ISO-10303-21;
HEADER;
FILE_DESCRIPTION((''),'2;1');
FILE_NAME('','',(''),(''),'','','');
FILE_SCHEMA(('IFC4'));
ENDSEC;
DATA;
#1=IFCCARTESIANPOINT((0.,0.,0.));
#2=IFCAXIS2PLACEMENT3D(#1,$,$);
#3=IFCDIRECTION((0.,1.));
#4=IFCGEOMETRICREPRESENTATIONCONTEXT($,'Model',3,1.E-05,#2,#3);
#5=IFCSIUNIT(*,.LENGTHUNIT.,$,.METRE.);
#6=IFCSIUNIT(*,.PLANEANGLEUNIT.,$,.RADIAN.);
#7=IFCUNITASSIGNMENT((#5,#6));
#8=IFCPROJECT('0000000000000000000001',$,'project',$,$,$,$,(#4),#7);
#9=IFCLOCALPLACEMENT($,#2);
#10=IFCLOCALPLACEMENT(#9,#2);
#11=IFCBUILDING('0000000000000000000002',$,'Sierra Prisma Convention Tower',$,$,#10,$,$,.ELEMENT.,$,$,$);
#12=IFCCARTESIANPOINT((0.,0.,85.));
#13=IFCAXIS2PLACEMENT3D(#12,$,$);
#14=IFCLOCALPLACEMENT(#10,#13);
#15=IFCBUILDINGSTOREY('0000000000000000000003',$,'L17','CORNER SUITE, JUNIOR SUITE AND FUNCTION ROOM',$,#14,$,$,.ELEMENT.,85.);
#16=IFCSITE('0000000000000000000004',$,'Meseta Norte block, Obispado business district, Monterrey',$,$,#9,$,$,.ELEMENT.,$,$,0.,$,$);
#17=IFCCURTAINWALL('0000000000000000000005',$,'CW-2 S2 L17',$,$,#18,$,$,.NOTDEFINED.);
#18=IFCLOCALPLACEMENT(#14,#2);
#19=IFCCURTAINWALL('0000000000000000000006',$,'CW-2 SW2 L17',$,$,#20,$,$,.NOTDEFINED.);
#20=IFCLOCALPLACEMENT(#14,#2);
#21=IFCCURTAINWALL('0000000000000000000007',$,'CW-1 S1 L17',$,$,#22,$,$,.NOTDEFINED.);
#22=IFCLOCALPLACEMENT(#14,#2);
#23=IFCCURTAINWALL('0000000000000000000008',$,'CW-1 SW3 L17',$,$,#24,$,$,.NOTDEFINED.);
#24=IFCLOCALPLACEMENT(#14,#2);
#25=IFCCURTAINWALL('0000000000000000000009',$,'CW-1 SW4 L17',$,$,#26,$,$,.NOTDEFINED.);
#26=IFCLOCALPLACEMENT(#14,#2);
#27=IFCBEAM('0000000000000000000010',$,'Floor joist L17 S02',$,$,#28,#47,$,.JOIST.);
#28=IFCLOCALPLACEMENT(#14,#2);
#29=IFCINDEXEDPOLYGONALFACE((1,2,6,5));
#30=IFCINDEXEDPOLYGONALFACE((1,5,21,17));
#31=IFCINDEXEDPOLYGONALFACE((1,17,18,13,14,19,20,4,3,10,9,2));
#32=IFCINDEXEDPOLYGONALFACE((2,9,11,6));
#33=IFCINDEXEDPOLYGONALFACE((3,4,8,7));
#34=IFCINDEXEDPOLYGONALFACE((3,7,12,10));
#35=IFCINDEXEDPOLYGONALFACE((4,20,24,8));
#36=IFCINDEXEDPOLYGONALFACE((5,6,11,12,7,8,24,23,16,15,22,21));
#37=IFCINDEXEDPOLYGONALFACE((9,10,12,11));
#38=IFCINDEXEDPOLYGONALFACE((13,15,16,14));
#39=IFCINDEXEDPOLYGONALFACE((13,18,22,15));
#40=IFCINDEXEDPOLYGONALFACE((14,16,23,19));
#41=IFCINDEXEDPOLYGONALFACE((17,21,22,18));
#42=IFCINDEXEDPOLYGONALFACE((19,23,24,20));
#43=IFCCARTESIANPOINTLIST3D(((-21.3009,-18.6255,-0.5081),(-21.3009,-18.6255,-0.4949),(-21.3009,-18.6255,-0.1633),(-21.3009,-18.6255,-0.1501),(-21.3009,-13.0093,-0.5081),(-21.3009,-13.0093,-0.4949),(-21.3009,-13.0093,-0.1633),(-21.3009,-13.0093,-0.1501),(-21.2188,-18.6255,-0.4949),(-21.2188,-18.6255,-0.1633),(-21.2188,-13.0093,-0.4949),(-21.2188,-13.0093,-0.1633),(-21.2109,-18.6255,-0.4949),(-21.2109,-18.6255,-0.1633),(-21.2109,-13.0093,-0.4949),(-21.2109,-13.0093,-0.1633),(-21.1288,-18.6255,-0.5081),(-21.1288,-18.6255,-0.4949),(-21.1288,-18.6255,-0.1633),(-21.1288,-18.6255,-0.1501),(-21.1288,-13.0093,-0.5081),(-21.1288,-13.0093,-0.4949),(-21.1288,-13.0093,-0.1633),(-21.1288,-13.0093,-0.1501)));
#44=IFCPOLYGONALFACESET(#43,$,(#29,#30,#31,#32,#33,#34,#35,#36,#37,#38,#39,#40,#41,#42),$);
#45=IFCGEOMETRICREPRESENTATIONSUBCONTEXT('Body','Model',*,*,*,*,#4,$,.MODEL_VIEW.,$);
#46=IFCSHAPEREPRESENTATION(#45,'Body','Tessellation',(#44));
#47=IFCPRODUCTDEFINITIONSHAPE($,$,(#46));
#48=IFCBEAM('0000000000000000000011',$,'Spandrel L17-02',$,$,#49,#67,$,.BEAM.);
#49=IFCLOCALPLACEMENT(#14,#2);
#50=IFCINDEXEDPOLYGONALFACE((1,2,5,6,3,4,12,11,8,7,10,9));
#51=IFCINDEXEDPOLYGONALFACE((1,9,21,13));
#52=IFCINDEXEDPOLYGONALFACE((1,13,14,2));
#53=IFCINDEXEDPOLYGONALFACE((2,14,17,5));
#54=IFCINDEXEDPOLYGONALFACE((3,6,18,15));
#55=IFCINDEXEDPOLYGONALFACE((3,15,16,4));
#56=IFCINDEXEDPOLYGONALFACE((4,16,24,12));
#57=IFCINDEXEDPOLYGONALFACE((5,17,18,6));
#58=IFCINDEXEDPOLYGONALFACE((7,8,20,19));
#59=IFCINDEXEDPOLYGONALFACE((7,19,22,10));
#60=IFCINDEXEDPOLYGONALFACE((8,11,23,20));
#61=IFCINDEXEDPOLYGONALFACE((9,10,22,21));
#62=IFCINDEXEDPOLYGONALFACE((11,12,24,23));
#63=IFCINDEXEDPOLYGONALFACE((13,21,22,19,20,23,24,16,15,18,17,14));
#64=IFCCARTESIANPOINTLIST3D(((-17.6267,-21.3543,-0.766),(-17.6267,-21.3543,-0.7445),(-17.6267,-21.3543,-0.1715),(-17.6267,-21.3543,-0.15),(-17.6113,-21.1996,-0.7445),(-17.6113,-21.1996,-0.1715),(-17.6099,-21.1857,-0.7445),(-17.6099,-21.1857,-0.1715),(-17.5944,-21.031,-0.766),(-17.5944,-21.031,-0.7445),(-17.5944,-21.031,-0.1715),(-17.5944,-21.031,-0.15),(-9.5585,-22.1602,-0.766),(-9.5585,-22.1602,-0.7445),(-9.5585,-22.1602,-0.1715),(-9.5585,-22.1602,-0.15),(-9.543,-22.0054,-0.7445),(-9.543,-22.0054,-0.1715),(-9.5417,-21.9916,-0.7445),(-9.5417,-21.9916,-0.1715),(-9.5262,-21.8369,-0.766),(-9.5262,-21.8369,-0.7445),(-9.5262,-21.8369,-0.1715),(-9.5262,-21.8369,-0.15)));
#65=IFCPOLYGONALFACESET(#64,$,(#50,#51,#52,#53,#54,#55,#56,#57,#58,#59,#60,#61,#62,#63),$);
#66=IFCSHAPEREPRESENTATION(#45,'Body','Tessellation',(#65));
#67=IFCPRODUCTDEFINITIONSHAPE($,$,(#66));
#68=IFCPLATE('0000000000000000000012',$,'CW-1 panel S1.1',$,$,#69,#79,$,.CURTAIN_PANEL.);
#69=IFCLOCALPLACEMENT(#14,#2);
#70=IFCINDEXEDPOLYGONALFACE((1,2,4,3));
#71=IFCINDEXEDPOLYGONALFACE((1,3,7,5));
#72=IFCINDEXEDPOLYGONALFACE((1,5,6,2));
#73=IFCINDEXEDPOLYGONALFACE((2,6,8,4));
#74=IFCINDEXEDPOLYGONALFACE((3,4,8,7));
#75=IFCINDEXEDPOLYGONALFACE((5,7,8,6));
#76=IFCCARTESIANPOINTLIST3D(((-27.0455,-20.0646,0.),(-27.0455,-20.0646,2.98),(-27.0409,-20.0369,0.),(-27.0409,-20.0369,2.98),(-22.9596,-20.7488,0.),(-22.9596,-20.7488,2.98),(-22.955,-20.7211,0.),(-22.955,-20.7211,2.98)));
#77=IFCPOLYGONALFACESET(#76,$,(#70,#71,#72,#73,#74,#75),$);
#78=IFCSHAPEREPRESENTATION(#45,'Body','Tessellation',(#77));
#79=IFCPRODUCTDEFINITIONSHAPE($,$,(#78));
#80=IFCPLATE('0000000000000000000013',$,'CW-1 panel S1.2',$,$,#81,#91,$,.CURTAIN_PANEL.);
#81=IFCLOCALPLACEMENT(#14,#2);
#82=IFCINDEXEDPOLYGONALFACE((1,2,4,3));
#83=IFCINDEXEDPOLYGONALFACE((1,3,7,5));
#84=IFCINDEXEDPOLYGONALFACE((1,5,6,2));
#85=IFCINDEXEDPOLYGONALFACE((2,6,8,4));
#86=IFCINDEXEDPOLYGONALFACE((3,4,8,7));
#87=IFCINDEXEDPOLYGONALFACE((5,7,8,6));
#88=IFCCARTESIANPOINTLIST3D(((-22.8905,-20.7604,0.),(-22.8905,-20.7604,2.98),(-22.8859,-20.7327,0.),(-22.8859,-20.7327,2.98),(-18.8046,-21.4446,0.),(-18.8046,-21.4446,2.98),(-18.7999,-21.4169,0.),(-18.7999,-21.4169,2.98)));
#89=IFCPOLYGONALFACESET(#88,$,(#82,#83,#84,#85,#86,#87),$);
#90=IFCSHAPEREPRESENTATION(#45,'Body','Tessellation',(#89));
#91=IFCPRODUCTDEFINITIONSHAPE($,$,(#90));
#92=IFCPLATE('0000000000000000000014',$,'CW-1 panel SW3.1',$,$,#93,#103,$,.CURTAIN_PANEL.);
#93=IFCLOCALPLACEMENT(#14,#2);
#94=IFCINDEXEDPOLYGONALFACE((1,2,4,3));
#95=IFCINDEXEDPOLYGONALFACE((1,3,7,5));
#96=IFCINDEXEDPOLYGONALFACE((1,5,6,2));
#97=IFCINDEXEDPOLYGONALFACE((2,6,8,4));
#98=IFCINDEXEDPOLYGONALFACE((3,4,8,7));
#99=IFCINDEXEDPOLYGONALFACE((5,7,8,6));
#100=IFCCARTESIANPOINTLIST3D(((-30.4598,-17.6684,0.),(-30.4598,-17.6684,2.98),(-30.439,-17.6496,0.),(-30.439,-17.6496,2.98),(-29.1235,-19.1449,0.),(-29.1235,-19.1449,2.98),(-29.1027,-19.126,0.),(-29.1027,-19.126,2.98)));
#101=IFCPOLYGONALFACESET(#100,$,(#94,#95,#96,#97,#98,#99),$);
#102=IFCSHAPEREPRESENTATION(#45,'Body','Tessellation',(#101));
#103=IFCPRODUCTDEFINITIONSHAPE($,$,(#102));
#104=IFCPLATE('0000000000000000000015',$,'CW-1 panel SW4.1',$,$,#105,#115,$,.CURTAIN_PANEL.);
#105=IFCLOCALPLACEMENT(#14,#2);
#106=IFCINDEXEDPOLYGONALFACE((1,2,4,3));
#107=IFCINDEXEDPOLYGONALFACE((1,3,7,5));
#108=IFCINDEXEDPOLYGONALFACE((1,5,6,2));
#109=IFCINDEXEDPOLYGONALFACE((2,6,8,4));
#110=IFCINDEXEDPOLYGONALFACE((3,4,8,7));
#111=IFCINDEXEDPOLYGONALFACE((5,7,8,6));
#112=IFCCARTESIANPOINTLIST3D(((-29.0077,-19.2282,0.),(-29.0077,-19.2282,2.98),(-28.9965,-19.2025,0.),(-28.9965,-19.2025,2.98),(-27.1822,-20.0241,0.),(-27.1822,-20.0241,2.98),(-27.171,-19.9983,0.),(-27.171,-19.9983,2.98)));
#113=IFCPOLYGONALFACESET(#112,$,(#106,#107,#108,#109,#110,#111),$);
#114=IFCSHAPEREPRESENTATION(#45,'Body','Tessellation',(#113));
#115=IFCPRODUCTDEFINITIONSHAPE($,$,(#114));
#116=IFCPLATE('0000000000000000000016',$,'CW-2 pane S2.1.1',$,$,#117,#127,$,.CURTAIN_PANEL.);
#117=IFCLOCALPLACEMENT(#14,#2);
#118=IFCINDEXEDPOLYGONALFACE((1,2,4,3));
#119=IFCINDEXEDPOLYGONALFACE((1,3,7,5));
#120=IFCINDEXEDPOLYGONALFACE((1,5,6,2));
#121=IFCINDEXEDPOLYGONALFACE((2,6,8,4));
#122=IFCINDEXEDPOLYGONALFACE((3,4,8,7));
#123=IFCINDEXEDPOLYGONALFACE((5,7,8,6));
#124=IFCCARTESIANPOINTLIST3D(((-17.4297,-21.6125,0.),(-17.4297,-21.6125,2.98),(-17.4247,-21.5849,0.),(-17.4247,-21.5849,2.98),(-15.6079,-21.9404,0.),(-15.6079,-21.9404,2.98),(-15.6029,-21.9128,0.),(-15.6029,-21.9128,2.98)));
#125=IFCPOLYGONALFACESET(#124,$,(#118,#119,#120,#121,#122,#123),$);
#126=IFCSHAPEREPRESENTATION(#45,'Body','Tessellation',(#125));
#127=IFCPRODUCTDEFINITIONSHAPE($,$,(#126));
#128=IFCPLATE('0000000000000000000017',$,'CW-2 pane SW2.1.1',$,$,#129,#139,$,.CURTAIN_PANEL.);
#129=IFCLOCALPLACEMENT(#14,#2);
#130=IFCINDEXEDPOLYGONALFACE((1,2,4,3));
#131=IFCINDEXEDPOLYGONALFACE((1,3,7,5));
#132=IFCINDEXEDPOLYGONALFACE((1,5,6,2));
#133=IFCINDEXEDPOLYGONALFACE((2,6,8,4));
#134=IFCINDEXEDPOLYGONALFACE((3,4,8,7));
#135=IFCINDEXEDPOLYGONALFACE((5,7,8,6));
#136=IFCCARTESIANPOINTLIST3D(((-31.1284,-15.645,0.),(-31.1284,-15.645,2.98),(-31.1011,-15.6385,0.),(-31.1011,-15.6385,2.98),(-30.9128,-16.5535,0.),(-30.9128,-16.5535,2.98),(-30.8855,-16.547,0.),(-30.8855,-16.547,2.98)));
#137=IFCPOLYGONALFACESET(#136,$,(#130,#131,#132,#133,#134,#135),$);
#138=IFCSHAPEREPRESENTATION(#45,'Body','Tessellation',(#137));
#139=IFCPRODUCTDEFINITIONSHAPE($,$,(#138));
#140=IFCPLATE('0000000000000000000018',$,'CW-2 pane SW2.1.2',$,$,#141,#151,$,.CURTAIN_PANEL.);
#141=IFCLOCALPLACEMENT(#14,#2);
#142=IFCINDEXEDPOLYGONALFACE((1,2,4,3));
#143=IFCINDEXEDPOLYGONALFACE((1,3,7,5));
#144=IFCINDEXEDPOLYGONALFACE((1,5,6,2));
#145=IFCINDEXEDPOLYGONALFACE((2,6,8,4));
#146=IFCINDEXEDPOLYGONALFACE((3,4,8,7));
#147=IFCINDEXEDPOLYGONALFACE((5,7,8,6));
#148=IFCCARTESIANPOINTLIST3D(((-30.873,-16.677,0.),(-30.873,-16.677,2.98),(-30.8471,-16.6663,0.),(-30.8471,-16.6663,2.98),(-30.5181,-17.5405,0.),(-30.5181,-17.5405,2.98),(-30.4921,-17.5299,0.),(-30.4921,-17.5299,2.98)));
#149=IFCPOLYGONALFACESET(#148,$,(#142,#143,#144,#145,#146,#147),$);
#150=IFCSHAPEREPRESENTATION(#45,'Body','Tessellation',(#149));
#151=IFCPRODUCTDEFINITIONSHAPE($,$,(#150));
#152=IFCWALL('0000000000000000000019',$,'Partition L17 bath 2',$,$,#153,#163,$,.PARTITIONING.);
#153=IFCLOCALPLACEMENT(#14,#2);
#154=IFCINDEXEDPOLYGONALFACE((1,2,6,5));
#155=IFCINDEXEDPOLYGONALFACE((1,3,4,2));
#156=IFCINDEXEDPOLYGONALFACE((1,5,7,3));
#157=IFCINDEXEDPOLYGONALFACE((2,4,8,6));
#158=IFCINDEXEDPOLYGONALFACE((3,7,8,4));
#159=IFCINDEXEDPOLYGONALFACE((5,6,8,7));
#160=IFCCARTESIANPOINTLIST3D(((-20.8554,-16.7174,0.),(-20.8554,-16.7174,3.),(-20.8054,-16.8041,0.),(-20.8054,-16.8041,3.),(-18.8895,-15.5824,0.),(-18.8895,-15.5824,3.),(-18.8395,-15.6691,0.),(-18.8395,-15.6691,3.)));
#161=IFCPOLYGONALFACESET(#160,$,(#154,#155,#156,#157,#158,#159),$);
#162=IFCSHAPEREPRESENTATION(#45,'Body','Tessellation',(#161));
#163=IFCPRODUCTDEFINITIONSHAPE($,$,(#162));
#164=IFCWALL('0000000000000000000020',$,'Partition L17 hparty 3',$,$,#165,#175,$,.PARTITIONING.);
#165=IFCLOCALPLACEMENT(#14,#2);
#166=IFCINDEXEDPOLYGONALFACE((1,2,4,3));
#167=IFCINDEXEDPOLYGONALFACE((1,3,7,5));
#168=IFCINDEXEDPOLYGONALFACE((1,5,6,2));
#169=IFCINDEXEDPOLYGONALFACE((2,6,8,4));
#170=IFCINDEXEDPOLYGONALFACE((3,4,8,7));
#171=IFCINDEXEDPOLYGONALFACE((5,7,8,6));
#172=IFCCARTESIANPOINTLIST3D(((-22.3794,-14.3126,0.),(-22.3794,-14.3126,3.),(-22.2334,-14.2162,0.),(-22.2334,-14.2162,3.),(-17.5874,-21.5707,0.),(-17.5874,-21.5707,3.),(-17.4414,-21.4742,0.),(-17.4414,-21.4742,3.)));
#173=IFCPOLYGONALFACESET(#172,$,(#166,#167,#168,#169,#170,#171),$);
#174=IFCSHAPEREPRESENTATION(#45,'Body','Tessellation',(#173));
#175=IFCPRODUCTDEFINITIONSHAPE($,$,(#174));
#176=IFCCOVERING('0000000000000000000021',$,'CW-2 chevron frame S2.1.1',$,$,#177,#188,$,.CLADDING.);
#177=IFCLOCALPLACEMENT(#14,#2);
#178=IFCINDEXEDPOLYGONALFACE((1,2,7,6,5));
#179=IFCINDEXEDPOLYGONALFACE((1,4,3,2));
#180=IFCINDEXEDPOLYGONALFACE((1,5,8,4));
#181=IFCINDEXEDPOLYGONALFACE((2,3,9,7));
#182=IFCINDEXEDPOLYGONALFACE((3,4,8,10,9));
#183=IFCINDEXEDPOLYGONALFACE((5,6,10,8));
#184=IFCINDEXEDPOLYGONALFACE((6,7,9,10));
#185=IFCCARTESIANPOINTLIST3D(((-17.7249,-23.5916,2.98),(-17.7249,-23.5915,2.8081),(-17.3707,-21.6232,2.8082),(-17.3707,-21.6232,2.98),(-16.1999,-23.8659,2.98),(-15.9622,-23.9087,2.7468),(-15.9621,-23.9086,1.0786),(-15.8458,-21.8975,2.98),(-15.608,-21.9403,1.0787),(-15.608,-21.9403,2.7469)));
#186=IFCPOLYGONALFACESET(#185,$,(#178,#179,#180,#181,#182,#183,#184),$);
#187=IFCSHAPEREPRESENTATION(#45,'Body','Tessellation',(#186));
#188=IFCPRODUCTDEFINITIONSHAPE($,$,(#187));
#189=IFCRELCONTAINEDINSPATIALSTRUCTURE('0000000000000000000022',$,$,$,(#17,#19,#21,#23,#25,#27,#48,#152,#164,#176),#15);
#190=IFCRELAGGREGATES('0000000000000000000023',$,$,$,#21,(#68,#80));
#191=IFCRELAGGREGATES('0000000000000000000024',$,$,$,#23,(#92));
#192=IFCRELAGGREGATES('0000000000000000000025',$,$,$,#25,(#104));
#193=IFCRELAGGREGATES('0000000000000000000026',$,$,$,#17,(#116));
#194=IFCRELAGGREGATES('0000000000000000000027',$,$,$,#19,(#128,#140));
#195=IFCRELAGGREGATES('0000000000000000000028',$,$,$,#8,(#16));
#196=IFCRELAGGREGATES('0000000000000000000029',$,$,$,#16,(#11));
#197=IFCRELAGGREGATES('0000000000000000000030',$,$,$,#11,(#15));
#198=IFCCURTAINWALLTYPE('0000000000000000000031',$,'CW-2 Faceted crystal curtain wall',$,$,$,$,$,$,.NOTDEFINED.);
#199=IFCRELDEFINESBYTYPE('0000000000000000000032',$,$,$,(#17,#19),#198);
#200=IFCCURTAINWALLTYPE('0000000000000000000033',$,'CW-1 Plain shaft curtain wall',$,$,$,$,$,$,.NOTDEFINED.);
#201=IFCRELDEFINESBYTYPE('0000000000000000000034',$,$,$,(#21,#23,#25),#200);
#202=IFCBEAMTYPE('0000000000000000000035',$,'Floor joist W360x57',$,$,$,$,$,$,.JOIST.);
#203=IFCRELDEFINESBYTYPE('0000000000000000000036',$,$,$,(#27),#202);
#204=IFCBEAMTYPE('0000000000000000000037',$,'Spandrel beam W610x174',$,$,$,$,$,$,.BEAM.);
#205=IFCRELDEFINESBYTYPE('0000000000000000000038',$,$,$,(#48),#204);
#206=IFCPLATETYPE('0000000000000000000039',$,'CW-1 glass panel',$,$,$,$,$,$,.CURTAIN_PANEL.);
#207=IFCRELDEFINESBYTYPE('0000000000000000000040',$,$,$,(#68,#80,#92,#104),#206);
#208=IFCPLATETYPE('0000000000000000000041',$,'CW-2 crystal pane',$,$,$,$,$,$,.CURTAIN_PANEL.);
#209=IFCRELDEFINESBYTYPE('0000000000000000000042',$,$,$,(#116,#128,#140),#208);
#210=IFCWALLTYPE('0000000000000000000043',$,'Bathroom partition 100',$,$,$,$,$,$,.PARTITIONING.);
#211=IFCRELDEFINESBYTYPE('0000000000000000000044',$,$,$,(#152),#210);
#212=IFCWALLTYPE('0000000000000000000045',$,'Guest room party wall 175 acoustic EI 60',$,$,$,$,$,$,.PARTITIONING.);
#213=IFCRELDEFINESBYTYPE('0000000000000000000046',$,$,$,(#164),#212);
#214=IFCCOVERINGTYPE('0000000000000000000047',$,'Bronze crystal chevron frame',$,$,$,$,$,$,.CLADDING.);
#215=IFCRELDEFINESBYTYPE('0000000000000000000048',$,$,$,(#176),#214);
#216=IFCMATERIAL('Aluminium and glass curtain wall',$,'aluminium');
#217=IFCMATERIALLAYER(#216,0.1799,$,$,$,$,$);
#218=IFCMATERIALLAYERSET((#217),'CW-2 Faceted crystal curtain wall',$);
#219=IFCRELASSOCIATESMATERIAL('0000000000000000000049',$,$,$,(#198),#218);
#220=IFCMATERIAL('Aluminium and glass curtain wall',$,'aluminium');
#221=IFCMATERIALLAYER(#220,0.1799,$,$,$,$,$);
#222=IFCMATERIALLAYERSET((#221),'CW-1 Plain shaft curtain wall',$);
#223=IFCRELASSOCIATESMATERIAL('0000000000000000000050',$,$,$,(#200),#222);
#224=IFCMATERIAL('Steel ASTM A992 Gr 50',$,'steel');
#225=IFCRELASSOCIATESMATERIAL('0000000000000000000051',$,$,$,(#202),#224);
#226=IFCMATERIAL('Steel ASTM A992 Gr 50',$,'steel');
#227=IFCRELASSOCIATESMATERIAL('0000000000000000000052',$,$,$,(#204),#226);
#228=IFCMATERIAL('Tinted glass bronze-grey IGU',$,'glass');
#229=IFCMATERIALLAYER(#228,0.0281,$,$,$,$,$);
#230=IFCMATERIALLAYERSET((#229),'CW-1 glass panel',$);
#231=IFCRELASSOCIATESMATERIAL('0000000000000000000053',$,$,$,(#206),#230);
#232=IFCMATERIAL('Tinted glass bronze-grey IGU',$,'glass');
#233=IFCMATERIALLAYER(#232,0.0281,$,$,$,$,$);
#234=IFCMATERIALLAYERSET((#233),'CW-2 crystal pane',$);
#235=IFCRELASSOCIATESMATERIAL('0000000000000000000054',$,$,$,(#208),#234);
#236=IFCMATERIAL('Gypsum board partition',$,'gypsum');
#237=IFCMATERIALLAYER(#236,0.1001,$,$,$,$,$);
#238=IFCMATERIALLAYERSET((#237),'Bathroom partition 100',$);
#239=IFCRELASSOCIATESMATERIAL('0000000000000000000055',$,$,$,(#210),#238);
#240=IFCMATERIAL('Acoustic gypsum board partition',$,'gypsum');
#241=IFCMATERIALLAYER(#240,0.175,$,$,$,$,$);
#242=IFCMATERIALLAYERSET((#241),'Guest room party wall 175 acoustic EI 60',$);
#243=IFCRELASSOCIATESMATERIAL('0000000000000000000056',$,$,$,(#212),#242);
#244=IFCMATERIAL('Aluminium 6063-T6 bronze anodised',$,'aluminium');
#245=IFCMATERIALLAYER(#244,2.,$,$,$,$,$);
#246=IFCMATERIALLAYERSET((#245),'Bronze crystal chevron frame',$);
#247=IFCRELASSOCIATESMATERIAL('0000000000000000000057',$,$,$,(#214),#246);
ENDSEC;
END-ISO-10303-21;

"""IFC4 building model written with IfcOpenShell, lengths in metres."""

from ifc_helpers import new_model, si_unit, direction, frame, frame_2d, origin, origin_2d, place, context, subcontext, project, spatial, polyline, rectangle, i_section, outline, extrude, material, layer, layer_set, material_profile, profile_set, type_object, element, aggregate, save


model = new_model("IFC4")

# Units and contexts
model_context = context("Model", 3, precision=1e-05, world=origin(), true_north=direction((0.0, 1.0)))
body_context = subcontext(model_context, "Body", "Model", "MODEL_VIEW")
ifc_project = project(units=[si_unit("LENGTHUNIT", "METRE"), si_unit("PLANEANGLEUNIT", "RADIAN")], contexts=[model_context])

# Site, building, storey
site_placement = place(None, origin())
site = spatial("IfcSite", under=ifc_project, at=site_placement, Name="Meseta Norte block, Obispado business district, Monterrey", CompositionType="ELEMENT", RefElevation=0.0)
building_placement = place(site_placement, origin())
building = spatial("IfcBuilding", under=site, at=building_placement, Name="Sierra Prisma Convention Tower", CompositionType="ELEMENT")
storey_placement = place(building_placement, frame((0.0, 0.0, 85.0)))
storey = spatial("IfcBuildingStorey", under=building, at=storey_placement, Name="L17", Description="CORNER SUITE, JUNIOR SUITE AND FUNCTION ROOM", CompositionType="ELEMENT", Elevation=85.0)

# Curtain walls
ifc_material_1 = material(Name="Aluminium and glass curtain wall", Category="aluminium")
ifc_layer_1 = layer(ifc_material_1, 0.1799)
ifc_layer_set_1 = layer_set([ifc_layer_1], Name="CW-2 Faceted crystal curtain wall")
curtain_wall_type_1 = type_object("IfcCurtainWallType", Name="CW-2 Faceted crystal curtain wall", PredefinedType="NOTDEFINED", material=ifc_layer_set_1)
curtain_wall_1_placement = place(storey_placement, origin())
curtain_wall_1 = element("IfcCurtainWall", 1, at=curtain_wall_1_placement, inside=storey, type_object=curtain_wall_type_1, Name="CW-2 S2 L17", PredefinedType="NOTDEFINED")
curtain_wall_2_placement = place(storey_placement, origin())
curtain_wall_2 = element("IfcCurtainWall", 2, at=curtain_wall_2_placement, inside=storey, type_object=curtain_wall_type_1, Name="CW-2 SW2 L17", PredefinedType="NOTDEFINED")

# Curtain wall
ifc_material_2 = material(Name="Aluminium and glass curtain wall", Category="aluminium")
ifc_layer_2 = layer(ifc_material_2, 0.1799)
ifc_layer_set_2 = layer_set([ifc_layer_2], Name="CW-1 Plain shaft curtain wall")
curtain_wall_type_2 = type_object("IfcCurtainWallType", Name="CW-1 Plain shaft curtain wall", PredefinedType="NOTDEFINED", material=ifc_layer_set_2)
curtain_wall_3_placement = place(storey_placement, origin())
curtain_wall_3 = element("IfcCurtainWall", 3, at=curtain_wall_3_placement, inside=storey, type_object=curtain_wall_type_2, Name="CW-1 S1 L17", PredefinedType="NOTDEFINED")

# Curtain walls
curtain_wall_4_placement = place(storey_placement, origin())
curtain_wall_4 = element("IfcCurtainWall", 4, at=curtain_wall_4_placement, inside=storey, type_object=curtain_wall_type_2, Name="CW-1 SW3 L17", PredefinedType="NOTDEFINED")
curtain_wall_5_placement = place(storey_placement, origin())
curtain_wall_5 = element("IfcCurtainWall", 5, at=curtain_wall_5_placement, inside=storey, type_object=curtain_wall_type_2, Name="CW-1 SW4 L17", PredefinedType="NOTDEFINED")

# Beams
ifc_material_3 = material(Name="Steel ASTM A992 Gr 50", Category="steel")
ifc_material_profile_1 = material_profile(ifc_material_3, i_section(OverallWidth=0.1721, OverallDepth=0.3579, WebThickness=0.0078, FlangeThickness=0.0132, at=origin_2d()), Name="W360x57")
ifc_profile_set_1 = profile_set([ifc_material_profile_1], Name="Steel ASTM A992 Gr 50")
beam_type_1 = type_object("IfcBeamType", Name="Floor joist W360x57", PredefinedType="JOIST", material=ifc_profile_set_1)
beam_1_placement = place(storey_placement, frame((-21.2148, -18.6255, -0.3291), z_axis=(0.0, 1.0, 0.0), x_axis=(-1.0, 0.0, 0.0)))
element("IfcBeam", 6, at=beam_1_placement, inside=storey, type_object=beam_type_1, Name="Floor joist L17 S02", PredefinedType="JOIST", context=body_context, shape_type="SweptSolid", body=[
    extrude(i_section(OverallWidth=0.1721, OverallDepth=0.3579, WebThickness=0.0078, FlangeThickness=0.0132, at=origin_2d()), origin(), (0.0, 0.0, 1.0), 5.6162),
])
ifc_material_4 = material(Name="Steel ASTM A992 Gr 50", Category="steel")
ifc_material_profile_2 = material_profile(ifc_material_4, i_section(OverallWidth=0.325, OverallDepth=0.616, WebThickness=0.0139, FlangeThickness=0.0215, at=origin_2d()), Name="W610x174")
ifc_profile_set_2 = profile_set([ifc_material_profile_2], Name="Steel ASTM A992 Gr 50")
beam_type_2 = type_object("IfcBeamType", Name="Spandrel beam W610x174", PredefinedType="BEAM", material=ifc_profile_set_2)
beam_2_placement = place(storey_placement, frame((-17.6106, -21.1926, -0.458), z_axis=(0.995049, -0.09939, 0.0), x_axis=(0.09939, 0.995049, 0.0)))
element("IfcBeam", 7, at=beam_2_placement, inside=storey, type_object=beam_type_2, Name="Spandrel L17-02", PredefinedType="BEAM", context=body_context, shape_type="SweptSolid", body=[
    extrude(i_section(OverallWidth=0.325, OverallDepth=0.616, WebThickness=0.0139, FlangeThickness=0.0215, at=origin_2d()), origin(), (0.0, 0.0, 1.0), 8.1084),
])

# Plates
ifc_material_5 = material(Name="Tinted glass bronze-grey IGU", Category="glass")
ifc_layer_3 = layer(ifc_material_5, 0.0281)
ifc_layer_set_3 = layer_set([ifc_layer_3], Name="CW-1 glass panel")
plate_type_1 = type_object("IfcPlateType", Name="CW-1 glass panel", PredefinedType="CURTAIN_PANEL", material=ifc_layer_set_3)
plate_1_placement = place(storey_placement, frame((-25.0002, -20.3928, 0.0), z_axis=(0.0, 0.0, 1.0), x_axis=(0.986269, -0.165149, 0.0)))
plate_1 = element("IfcPlate", 8, at=plate_1_placement, type_object=plate_type_1, Name="CW-1 panel S1.1", PredefinedType="CURTAIN_PANEL", context=body_context, shape_type="SweptSolid", body=[
    extrude(rectangle(XDim=4.1428, YDim=0.0281, at=origin_2d()), origin(), (0.0, 0.0, 1.0), 2.98),
])
plate_2_placement = place(storey_placement, frame((-20.8452, -21.0886, 0.0), z_axis=(0.0, 0.0, 1.0), x_axis=(0.986269, -0.165149, 0.0)))
plate_2 = element("IfcPlate", 9, at=plate_2_placement, type_object=plate_type_1, Name="CW-1 panel S1.2", PredefinedType="CURTAIN_PANEL", context=body_context, shape_type="SweptSolid", body=[
    extrude(rectangle(XDim=4.1428, YDim=0.0281, at=origin_2d()), origin(), (0.0, 0.0, 1.0), 2.98),
])
aggregate(curtain_wall_3, [plate_1, plate_2])
plate_3_placement = place(storey_placement, frame((-29.7812, -18.3972, 0.0), z_axis=(0.0, 0.0, 1.0), x_axis=(0.671051, -0.741411, 0.0)))
plate_3 = element("IfcPlate", 10, at=plate_3_placement, type_object=plate_type_1, Name="CW-1 panel SW3.1", PredefinedType="CURTAIN_PANEL", context=body_context, shape_type="SweptSolid", body=[
    extrude(rectangle(XDim=1.9915, YDim=0.0281, at=origin_2d()), origin(), (0.0, 0.0, 1.0), 2.98),
])
aggregate(curtain_wall_4, [plate_3])
plate_4_placement = place(storey_placement, frame((-28.0894, -19.6133, 0.0), z_axis=(0.0, 0.0, 1.0), x_axis=(0.916675, -0.399634, 0.0)))
plate_4 = element("IfcPlate", 11, at=plate_4_placement, type_object=plate_type_1, Name="CW-1 panel SW4.1", PredefinedType="CURTAIN_PANEL", context=body_context, shape_type="SweptSolid", body=[
    extrude(rectangle(XDim=1.9915, YDim=0.0281, at=origin_2d()), origin(), (0.0, 0.0, 1.0), 2.98),
])
aggregate(curtain_wall_5, [plate_4])
ifc_material_6 = material(Name="Tinted glass bronze-grey IGU", Category="glass")
ifc_layer_4 = layer(ifc_material_6, 0.0281)
ifc_layer_set_4 = layer_set([ifc_layer_4], Name="CW-2 crystal pane")
plate_type_2 = type_object("IfcPlateType", Name="CW-2 crystal pane", PredefinedType="CURTAIN_PANEL", material=ifc_layer_set_4)
plate_5_placement = place(storey_placement, frame((-17.4297, -21.6125, 0.0), z_axis=(-0.177133, -0.984187, 0.0), x_axis=(0.984187, -0.177133, 0.0)))
plate_5 = element("IfcPlate", 12, at=plate_5_placement, type_object=plate_type_2, Name="CW-2 pane S2.1.1", PredefinedType="CURTAIN_PANEL", context=body_context, shape_type="SweptSolid", body=[
    extrude(outline(polyline([(0.0, 0.0), (1.851, 0.0), (1.851, 2.98), (0.0, 2.98), (0.0, 0.0)])), origin(), (0.0, 0.0, -1.0), 0.0281),
])
aggregate(curtain_wall_1, [plate_5])
plate_6_placement = place(storey_placement, frame((-31.1284, -15.645, 0.0), z_axis=(-0.97298, -0.23089, 0.0), x_axis=(0.23089, -0.97298, 0.0)))
plate_6 = element("IfcPlate", 13, at=plate_6_placement, type_object=plate_type_2, Name="CW-2 pane SW2.1.1", PredefinedType="CURTAIN_PANEL", context=body_context, shape_type="SweptSolid", body=[
    extrude(outline(polyline([(0.0, 0.0), (0.9337, 0.0), (0.9337, 2.98), (0.0, 2.98), (0.0, 0.0)])), origin(), (0.0, 0.0, -1.0), 0.0281),
])
plate_7_placement = place(storey_placement, frame((-30.5181, -17.5405, 0.0), z_axis=(-0.9249, -0.380211, 0.0), x_axis=(-0.380211, 0.9249, 0.0)))
plate_7 = element("IfcPlate", 14, at=plate_7_placement, type_object=plate_type_2, Name="CW-2 pane SW2.1.2", PredefinedType="CURTAIN_PANEL", context=body_context, shape_type="SweptSolid", body=[
    extrude(outline(polyline([(0.0, 0.0), (0.9336, 0.0), (0.9336, -2.98), (0.0, -2.98), (0.0, 0.0)])), origin(), (0.0, 0.0, -1.0), 0.0281),
])
aggregate(curtain_wall_2, [plate_6, plate_7])

# Walls
ifc_material_7 = material(Name="Gypsum board partition", Category="gypsum")
ifc_layer_5 = layer(ifc_material_7, 0.1001)
ifc_layer_set_5 = layer_set([ifc_layer_5], Name="Bathroom partition 100")
wall_type_1 = type_object("IfcWallType", Name="Bathroom partition 100", PredefinedType="PARTITIONING", material=ifc_layer_set_5)
wall_1_placement = place(storey_placement, frame((-18.8645, -15.6257, 0.0), z_axis=(0.0, 0.0, 1.0), x_axis=(-0.866017, -0.500014, 0.0)))
element("IfcWall", 15, at=wall_1_placement, inside=storey, type_object=wall_type_1, Name="Partition L17 bath 2", PredefinedType="PARTITIONING", context=body_context, shape_type="SweptSolid", body=[
    extrude(rectangle(XDim=2.27, YDim=0.1001, at=frame_2d((1.135, 0.0))), origin(), (0.0, 0.0, 1.0), 3.0),
])
ifc_material_8 = material(Name="Acoustic gypsum board partition", Category="gypsum")
ifc_layer_6 = layer(ifc_material_8, 0.175)
ifc_layer_set_6 = layer_set([ifc_layer_6], Name="Guest room party wall 175 acoustic EI 60")
wall_type_2 = type_object("IfcWallType", Name="Guest room party wall 175 acoustic EI 60", PredefinedType="PARTITIONING", material=ifc_layer_set_6)
wall_2_placement = place(storey_placement, frame((-17.5144, -21.5225, 0.0), z_axis=(0.0, 0.0, 1.0), x_axis=(-0.550976, 0.834521, 0.0)))
element("IfcWall", 16, at=wall_2_placement, inside=storey, type_object=wall_type_2, Name="Partition L17 hparty 3", PredefinedType="PARTITIONING", context=body_context, shape_type="SweptSolid", body=[
    extrude(rectangle(XDim=8.6973, YDim=0.175, at=frame_2d((4.3486, 0.0))), origin(), (0.0, 0.0, 1.0), 3.0),
])

# Covering
ifc_material_9 = material(Name="Aluminium 6063-T6 bronze anodised", Category="aluminium")
ifc_layer_7 = layer(ifc_material_9, 2.0)
ifc_layer_set_7 = layer_set([ifc_layer_7], Name="Bronze crystal chevron frame")
covering_type = type_object("IfcCoveringType", Name="Bronze crystal chevron frame", PredefinedType="CLADDING", material=ifc_layer_set_7)
covering_1_placement = place(storey_placement, frame((-17.7249, -23.5916, 2.98), z_axis=(-0.177077, -0.984197, -0.000028), x_axis=(0.000005, 0.000028, -1.0)))
element("IfcCovering", 17, at=covering_1_placement, inside=storey, type_object=covering_type, Name="CW-2 chevron frame S2.1.1", PredefinedType="CLADDING", context=body_context, shape_type="SweptSolid", body=[
    extrude(outline(polyline([(0.0, 0.0), (0.1719, 0.0), (1.9014, 1.791), (0.2332, 1.791), (0.0, 1.5494), (0.0, 0.0)])), origin(), (0.0, 0.0, -1.0), 2.0),
])

save(model, "model.ifc")
